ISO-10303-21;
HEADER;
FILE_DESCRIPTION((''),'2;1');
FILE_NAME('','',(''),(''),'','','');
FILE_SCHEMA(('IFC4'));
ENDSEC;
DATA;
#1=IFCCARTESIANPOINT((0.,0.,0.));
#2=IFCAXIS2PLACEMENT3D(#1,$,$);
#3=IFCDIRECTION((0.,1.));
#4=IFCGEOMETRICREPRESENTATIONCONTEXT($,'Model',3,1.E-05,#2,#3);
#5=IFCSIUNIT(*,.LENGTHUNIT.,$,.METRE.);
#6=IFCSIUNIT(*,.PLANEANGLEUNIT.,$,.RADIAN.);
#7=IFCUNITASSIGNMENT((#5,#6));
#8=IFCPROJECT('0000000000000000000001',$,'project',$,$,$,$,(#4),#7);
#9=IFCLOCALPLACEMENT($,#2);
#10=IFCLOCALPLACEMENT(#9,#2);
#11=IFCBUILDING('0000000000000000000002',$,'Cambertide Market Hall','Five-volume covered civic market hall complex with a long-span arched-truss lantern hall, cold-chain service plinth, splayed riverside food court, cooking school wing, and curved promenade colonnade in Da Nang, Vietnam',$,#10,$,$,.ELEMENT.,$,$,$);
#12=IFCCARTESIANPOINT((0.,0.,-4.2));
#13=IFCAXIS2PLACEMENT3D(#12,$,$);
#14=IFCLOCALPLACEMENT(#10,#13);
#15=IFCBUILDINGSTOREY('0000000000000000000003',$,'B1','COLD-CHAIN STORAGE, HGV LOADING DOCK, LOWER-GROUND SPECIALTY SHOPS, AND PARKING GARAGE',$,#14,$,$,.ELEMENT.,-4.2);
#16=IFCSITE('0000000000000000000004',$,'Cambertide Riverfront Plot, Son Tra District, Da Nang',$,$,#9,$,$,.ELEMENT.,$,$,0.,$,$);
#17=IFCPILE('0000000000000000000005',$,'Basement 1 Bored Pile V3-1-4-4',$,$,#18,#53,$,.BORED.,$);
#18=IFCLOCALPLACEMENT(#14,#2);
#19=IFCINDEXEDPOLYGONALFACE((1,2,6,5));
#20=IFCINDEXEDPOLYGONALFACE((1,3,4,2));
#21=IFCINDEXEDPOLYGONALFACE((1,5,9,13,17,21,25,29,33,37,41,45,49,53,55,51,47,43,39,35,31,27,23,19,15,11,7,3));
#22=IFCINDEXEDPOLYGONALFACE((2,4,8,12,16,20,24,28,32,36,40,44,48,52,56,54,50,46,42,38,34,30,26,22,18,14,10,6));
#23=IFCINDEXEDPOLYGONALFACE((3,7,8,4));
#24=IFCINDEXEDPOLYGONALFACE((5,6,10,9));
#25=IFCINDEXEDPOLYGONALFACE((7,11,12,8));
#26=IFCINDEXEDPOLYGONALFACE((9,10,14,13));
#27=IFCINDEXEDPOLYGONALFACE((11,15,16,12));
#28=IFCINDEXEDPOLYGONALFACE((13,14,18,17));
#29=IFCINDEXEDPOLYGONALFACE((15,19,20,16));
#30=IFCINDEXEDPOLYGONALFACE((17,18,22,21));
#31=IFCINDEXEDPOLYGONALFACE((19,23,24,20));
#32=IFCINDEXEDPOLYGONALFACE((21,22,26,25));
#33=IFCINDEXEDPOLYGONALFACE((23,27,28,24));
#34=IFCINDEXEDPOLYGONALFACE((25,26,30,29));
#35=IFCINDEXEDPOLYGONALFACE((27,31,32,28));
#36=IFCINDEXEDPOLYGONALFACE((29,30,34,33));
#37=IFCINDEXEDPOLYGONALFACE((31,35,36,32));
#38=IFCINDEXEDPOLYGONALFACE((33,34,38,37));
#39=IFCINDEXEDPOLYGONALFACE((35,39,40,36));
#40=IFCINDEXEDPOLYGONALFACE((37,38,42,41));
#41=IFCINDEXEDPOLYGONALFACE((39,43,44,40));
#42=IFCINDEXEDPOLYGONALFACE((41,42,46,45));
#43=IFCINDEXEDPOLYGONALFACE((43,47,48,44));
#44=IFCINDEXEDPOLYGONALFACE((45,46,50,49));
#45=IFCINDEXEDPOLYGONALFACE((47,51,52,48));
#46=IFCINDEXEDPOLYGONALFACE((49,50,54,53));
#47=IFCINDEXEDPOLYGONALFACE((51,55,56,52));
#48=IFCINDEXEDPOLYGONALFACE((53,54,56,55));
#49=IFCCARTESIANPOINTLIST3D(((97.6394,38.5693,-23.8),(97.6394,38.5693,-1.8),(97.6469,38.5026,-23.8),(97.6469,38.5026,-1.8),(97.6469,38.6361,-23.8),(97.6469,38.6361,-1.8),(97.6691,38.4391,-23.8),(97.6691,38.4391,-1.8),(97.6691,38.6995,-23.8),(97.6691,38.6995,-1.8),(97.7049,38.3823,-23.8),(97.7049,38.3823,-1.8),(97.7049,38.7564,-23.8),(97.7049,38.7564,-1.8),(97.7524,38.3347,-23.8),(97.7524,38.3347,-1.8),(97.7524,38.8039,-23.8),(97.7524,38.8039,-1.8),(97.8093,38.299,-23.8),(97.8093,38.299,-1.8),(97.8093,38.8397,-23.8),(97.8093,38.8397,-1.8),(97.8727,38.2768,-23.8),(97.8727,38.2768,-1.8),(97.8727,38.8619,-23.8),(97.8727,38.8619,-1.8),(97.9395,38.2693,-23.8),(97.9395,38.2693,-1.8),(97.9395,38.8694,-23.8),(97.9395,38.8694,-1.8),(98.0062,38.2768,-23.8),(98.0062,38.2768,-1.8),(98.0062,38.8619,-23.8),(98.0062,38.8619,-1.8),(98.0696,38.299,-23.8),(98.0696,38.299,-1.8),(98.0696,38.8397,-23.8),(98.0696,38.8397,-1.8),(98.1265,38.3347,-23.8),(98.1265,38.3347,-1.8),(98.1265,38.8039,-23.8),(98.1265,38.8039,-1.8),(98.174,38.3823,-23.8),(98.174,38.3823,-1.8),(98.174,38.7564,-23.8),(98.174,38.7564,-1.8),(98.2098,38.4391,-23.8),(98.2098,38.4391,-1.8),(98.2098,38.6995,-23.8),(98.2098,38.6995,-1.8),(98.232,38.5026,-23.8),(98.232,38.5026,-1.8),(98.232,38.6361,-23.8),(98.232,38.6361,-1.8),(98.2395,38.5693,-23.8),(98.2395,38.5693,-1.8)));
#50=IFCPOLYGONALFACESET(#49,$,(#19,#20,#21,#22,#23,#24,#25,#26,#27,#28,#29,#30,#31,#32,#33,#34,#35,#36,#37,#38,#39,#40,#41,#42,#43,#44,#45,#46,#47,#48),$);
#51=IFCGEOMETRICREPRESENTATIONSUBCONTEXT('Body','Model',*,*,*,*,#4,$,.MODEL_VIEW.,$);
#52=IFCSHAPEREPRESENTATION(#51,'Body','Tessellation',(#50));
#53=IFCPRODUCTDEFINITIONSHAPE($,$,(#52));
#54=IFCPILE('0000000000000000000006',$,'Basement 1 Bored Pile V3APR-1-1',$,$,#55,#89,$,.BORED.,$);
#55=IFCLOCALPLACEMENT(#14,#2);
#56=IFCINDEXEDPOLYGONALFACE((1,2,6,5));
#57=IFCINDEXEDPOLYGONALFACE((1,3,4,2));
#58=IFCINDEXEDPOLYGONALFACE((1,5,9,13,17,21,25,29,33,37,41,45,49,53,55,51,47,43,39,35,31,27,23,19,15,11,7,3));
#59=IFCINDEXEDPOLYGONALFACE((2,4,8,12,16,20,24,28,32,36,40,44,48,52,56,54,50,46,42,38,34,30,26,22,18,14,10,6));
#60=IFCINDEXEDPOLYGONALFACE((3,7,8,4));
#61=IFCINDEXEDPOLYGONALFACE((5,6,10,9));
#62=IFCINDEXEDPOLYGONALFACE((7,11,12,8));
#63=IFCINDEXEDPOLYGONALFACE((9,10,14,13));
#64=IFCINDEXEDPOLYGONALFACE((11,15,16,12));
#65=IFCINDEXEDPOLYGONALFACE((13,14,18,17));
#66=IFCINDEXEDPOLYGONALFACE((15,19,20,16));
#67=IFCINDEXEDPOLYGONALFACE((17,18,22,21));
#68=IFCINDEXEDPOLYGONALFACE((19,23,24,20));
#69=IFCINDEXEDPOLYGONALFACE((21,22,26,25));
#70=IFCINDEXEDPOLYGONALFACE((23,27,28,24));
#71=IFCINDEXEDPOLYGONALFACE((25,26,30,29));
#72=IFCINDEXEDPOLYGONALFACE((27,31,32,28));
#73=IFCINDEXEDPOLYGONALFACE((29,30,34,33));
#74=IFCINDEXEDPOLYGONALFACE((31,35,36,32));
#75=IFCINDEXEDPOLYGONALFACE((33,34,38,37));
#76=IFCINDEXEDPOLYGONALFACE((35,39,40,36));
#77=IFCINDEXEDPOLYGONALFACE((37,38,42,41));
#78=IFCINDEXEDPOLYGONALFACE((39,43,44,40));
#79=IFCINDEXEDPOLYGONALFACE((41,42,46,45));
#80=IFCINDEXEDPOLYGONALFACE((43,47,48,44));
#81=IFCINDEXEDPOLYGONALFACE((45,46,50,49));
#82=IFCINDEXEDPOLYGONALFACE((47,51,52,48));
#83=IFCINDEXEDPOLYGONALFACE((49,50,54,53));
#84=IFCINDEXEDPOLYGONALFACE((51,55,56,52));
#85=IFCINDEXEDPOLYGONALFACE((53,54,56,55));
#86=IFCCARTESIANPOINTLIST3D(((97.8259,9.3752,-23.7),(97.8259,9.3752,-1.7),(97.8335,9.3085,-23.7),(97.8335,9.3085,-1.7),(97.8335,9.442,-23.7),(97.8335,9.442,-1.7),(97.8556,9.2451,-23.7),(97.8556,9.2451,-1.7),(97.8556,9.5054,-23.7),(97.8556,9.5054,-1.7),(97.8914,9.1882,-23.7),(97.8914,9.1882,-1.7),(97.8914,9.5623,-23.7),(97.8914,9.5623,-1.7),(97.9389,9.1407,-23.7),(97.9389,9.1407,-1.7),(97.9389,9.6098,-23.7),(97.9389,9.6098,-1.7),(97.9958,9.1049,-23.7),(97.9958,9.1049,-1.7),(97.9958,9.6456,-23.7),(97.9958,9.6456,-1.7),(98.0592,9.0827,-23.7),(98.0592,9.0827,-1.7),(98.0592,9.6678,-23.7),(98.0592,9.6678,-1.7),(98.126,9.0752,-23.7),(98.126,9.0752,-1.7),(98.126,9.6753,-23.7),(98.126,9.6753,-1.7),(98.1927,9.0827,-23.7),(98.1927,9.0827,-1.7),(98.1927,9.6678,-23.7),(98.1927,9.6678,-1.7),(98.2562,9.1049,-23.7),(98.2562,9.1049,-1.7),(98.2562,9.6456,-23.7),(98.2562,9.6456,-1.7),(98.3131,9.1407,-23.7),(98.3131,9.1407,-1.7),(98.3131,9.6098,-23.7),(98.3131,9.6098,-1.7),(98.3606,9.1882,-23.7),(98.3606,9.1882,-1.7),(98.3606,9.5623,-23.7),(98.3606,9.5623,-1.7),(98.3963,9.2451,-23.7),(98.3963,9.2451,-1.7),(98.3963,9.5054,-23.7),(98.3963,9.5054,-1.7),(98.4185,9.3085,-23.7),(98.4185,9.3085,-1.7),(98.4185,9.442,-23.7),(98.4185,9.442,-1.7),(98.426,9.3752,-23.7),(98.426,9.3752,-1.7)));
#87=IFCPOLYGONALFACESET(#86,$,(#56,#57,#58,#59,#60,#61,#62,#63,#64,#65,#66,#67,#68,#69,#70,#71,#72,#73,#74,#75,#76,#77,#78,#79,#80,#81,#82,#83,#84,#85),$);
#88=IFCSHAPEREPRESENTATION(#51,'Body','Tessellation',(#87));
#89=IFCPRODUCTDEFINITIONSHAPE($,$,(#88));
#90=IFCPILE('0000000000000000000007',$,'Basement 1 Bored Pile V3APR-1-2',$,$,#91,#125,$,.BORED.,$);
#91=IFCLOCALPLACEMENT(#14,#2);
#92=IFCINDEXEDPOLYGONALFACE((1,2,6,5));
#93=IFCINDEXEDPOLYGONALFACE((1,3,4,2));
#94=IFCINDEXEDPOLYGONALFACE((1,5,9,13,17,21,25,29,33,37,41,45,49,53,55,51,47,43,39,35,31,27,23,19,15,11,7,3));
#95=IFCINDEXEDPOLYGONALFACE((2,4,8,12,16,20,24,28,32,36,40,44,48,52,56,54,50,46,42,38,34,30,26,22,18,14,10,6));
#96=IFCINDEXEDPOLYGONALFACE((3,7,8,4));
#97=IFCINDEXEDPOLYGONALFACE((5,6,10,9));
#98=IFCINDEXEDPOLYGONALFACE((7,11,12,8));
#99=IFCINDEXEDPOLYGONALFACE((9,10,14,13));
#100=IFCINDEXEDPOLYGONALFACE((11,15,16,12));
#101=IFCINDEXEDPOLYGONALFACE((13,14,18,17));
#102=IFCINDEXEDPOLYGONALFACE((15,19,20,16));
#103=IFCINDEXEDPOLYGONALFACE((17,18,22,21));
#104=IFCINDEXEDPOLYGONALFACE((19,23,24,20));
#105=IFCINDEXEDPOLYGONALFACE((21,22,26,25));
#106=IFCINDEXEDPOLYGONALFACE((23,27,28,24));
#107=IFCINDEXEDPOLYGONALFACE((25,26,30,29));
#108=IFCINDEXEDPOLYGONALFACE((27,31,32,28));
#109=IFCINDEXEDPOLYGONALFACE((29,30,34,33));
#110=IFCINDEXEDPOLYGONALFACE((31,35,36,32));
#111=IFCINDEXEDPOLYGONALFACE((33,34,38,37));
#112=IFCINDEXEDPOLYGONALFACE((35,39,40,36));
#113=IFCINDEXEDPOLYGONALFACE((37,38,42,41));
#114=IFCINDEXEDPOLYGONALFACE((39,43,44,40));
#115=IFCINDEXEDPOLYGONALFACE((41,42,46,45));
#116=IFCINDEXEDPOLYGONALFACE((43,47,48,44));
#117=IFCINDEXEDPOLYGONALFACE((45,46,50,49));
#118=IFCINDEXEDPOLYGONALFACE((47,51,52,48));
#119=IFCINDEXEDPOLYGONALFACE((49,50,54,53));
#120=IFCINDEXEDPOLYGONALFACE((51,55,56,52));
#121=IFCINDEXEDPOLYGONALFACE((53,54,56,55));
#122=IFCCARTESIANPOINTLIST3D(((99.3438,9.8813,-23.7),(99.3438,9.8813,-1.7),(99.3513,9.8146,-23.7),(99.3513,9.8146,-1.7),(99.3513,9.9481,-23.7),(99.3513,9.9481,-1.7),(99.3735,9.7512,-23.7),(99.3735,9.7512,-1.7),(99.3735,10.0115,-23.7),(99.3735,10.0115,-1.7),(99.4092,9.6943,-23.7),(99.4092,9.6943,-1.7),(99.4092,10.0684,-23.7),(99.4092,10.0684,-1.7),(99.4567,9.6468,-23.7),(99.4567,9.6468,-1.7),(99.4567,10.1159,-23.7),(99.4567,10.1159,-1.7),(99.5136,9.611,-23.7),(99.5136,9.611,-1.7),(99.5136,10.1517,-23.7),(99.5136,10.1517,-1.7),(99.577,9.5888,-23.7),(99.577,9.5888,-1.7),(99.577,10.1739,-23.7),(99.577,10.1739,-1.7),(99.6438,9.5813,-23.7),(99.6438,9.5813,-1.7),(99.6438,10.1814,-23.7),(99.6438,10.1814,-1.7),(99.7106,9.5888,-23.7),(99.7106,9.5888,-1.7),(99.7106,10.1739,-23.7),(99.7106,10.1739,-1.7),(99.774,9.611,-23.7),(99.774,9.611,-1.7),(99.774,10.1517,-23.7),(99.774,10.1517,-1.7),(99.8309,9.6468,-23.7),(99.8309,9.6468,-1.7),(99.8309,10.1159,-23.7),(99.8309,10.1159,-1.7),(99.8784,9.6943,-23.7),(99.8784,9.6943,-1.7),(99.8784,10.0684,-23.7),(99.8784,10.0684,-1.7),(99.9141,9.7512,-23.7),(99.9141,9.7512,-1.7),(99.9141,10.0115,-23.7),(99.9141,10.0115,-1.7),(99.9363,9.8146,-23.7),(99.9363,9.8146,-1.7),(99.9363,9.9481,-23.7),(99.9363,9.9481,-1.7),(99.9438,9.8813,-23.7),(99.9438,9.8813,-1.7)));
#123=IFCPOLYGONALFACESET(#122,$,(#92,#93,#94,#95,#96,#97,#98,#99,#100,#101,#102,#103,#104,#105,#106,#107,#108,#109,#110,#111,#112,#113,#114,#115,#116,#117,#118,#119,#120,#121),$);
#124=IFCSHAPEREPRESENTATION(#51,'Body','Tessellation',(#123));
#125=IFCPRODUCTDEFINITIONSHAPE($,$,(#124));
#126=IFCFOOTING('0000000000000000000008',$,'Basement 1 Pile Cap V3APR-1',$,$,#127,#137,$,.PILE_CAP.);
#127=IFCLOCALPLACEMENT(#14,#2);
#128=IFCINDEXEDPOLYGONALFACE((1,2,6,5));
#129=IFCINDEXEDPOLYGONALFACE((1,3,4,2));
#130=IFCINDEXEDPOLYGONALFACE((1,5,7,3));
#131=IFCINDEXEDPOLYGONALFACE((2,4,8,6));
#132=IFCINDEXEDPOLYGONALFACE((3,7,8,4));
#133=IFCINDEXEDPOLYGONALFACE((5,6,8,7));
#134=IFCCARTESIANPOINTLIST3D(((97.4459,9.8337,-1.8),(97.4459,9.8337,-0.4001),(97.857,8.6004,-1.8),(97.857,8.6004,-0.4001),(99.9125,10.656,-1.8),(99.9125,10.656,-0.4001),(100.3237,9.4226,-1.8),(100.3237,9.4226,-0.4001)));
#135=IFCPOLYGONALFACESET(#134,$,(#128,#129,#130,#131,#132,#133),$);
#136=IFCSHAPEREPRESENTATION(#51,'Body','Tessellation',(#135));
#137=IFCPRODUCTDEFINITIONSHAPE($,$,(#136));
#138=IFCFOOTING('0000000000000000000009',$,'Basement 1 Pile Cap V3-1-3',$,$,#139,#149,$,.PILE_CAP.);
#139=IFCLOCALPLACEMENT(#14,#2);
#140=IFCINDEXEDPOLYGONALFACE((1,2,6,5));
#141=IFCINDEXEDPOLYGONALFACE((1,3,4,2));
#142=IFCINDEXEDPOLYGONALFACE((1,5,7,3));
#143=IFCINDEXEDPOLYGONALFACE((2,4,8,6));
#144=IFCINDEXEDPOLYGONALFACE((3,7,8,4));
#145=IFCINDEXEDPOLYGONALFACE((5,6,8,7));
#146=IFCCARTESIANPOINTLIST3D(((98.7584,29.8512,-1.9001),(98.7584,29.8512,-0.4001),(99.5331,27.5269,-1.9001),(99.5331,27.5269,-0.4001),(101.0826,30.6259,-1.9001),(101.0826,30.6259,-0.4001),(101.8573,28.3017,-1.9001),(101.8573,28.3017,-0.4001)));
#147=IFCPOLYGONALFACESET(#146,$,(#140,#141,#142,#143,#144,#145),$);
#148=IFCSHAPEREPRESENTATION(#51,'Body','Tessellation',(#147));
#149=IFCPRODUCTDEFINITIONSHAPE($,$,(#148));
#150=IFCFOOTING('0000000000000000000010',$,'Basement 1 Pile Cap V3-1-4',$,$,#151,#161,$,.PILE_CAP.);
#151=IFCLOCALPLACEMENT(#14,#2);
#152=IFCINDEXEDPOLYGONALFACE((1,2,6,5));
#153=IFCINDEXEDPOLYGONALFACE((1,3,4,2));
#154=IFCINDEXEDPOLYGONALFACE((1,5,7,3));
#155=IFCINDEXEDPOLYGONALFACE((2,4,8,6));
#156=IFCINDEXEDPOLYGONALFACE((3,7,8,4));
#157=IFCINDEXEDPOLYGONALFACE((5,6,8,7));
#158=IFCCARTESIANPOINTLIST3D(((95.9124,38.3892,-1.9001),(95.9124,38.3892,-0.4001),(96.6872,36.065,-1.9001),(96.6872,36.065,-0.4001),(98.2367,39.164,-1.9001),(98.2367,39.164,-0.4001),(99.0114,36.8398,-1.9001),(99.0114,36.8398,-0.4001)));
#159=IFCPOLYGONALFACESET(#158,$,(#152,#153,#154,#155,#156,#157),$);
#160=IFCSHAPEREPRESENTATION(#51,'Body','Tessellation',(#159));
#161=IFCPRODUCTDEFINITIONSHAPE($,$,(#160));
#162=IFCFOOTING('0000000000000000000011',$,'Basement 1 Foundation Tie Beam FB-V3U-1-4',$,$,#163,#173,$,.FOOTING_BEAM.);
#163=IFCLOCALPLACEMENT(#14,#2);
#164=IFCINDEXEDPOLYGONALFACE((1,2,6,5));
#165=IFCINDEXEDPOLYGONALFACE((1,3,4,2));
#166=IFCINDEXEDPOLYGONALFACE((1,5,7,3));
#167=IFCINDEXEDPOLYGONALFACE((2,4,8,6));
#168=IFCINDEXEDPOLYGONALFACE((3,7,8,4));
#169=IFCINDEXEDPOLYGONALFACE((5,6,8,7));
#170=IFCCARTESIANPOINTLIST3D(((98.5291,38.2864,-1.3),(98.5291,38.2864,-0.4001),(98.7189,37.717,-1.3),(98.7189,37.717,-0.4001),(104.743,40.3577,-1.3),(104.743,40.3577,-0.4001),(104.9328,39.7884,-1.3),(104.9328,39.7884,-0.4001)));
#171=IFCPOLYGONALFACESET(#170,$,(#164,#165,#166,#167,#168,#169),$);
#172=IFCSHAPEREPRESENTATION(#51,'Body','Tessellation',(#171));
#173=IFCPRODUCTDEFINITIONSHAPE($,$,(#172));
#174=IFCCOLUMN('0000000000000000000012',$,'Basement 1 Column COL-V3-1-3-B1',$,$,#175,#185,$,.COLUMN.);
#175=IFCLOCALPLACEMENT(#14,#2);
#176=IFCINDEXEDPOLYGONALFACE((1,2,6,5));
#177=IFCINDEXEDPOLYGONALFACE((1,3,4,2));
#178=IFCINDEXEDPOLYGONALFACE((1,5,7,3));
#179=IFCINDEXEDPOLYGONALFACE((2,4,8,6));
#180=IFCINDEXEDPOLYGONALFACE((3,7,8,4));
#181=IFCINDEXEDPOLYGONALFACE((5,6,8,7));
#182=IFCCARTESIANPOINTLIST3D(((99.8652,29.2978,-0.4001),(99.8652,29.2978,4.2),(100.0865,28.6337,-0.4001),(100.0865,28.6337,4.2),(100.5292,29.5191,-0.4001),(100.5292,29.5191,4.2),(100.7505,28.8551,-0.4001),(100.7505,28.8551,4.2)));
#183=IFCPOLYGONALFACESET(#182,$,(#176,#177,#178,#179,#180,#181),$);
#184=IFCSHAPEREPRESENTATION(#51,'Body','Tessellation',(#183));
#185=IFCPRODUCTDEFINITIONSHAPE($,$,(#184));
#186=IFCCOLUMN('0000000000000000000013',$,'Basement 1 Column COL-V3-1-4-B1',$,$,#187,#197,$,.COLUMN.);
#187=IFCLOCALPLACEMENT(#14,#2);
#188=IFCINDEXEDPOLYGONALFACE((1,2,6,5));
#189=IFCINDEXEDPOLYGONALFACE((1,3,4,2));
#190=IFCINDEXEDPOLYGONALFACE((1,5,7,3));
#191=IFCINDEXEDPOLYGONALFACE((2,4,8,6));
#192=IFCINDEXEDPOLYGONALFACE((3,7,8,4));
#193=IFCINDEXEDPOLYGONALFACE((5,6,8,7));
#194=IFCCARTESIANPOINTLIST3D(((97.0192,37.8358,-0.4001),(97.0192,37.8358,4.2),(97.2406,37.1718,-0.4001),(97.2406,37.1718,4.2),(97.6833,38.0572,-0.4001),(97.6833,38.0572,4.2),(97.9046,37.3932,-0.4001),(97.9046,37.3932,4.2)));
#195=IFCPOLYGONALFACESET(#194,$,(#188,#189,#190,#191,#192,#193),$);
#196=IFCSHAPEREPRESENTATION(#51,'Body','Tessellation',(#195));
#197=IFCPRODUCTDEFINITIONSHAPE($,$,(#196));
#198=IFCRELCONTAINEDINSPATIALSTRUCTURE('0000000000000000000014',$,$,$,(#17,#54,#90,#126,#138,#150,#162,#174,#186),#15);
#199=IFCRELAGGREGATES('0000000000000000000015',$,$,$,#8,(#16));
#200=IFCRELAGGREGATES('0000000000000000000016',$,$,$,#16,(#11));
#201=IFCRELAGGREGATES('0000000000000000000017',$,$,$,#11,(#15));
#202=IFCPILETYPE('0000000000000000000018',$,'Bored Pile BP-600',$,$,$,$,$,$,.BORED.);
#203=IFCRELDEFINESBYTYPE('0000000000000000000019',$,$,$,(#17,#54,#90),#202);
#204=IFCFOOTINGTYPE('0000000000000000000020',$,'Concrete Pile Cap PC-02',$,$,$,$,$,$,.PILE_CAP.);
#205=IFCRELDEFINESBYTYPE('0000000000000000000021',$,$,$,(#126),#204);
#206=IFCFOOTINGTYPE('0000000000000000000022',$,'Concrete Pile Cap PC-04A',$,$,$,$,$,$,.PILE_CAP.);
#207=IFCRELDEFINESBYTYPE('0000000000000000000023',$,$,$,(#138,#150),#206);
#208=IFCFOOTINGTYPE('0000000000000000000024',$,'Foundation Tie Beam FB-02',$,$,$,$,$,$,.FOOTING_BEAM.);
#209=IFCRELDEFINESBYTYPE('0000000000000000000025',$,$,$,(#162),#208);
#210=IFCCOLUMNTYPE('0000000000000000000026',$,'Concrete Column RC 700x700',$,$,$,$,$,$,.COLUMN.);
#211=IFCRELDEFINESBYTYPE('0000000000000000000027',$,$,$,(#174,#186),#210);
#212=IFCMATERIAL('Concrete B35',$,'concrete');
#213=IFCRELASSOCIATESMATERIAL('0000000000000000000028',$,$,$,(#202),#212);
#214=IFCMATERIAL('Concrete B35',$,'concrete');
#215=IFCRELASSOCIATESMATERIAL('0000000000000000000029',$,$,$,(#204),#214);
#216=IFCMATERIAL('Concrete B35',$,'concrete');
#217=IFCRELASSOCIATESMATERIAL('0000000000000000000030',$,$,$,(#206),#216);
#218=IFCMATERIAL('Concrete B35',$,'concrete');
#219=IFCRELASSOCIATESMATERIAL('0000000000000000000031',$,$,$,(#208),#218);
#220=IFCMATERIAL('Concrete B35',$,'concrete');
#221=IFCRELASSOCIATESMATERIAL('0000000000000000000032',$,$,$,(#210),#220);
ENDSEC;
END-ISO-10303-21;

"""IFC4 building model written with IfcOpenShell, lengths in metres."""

from ifc_helpers import new_model, si_unit, direction, frame, origin, origin_2d, place, context, subcontext, project, spatial, rectangle, circle, extrude, material, material_profile, profile_set, type_object, element, save


model = new_model("IFC4")

# Units and contexts
model_context = context("Model", 3, precision=1e-05, world=origin(), true_north=direction((0.0, 1.0)))
body_context = subcontext(model_context, "Body", "Model", "MODEL_VIEW")
ifc_project = project(units=[si_unit("LENGTHUNIT", "METRE"), si_unit("PLANEANGLEUNIT", "RADIAN")], contexts=[model_context])

# Site, building, storey
site_placement = place(None, origin())
site = spatial("IfcSite", under=ifc_project, at=site_placement, Name="Cambertide Riverfront Plot, Son Tra District, Da Nang", CompositionType="ELEMENT", RefElevation=0.0)
building_placement = place(site_placement, origin())
building = spatial("IfcBuilding", under=site, at=building_placement, Name="Cambertide Market Hall", Description="Five-volume covered civic market hall complex with a long-span arched-truss lantern hall, cold-chain service plinth, splayed riverside food court, cooking school wing, and curved promenade colonnade in Da Nang, Vietnam", CompositionType="ELEMENT")
storey_placement = place(building_placement, frame((0.0, 0.0, -4.2)))
storey = spatial("IfcBuildingStorey", under=building, at=storey_placement, Name="B1", Description="COLD-CHAIN STORAGE, HGV LOADING DOCK, LOWER-GROUND SPECIALTY SHOPS, AND PARKING GARAGE", CompositionType="ELEMENT", Elevation=-4.2)

# Piles
ifc_material_1 = material(Name="Concrete B35", Category="concrete")
ifc_material_profile_1 = material_profile(ifc_material_1, circle(Radius=0.3, at=origin_2d()), Name="BP D600")
ifc_profile_set_1 = profile_set([ifc_material_profile_1], Name="Concrete B35")
pile_type_1 = type_object("IfcPileType", Name="Bored Pile BP-600", PredefinedType="BORED", material=ifc_profile_set_1)
for number, where, z_axis, x_axis, name in (
    (1, (97.9395, 38.5693, -1.8), (0.0, 0.0, -1.0), (1.0, 0.0, 0.0), "Basement 1 Bored Pile V3-1-4-4"),
    (2, (98.126, 9.3752, -1.7), (0.0, 0.0, -1.0), (1.0, 0.0, 0.0), "Basement 1 Bored Pile V3APR-1-1"),
    (3, (99.6438, 9.8813, -1.7), (0.0, 0.0, -1.0), (1.0, 0.0, 0.0), "Basement 1 Bored Pile V3APR-1-2"),
):
    element("IfcPile", number, at=place(storey_placement, frame(where, z_axis=z_axis, x_axis=x_axis)), inside=storey, type_object=pile_type_1, Name=name, PredefinedType="BORED", context=body_context, shape_type="SweptSolid", body=[
        extrude(circle(Radius=0.3, at=origin_2d()), origin(), (0.0, 0.0, 1.0), 22.0),
    ])

# Footings
ifc_material_2 = material(Name="Concrete B35", Category="concrete")
footing_type_1 = type_object("IfcFootingType", Name="Concrete Pile Cap PC-02", PredefinedType="PILE_CAP", material=ifc_material_2)
footing_1_placement = place(storey_placement, frame((98.8848, 9.6282, -1.8), z_axis=(0.0, 0.0, 1.0), x_axis=(0.948683, 0.316228, 0.0)))
element("IfcFooting", 4, at=footing_1_placement, inside=storey, type_object=footing_type_1, Name="Basement 1 Pile Cap V3APR-1", PredefinedType="PILE_CAP", context=body_context, shape_type="SweptSolid", body=[
    extrude(rectangle(XDim=2.6001, YDim=1.3, at=origin_2d()), origin(), (0.0, 0.0, 1.0), 1.3999),
])
ifc_material_3 = material(Name="Concrete B35", Category="concrete")
footing_type_2 = type_object("IfcFootingType", Name="Concrete Pile Cap PC-04A", PredefinedType="PILE_CAP", material=ifc_material_3)
for number, where, z_axis, x_axis, name in (
    (5, (100.3079, 29.0764, -1.9001), (0.0, 0.0, 1.0), (0.948683, 0.316228, 0.0), "Basement 1 Pile Cap V3-1-3"),
    (6, (97.4619, 37.6145, -1.9001), (0.0, 0.0, 1.0), (0.948683, 0.316228, 0.0), "Basement 1 Pile Cap V3-1-4"),
):
    element("IfcFooting", number, at=place(storey_placement, frame(where, z_axis=z_axis, x_axis=x_axis)), inside=storey, type_object=footing_type_2, Name=name, PredefinedType="PILE_CAP", context=body_context, shape_type="SweptSolid", body=[
        extrude(rectangle(XDim=2.45, YDim=2.45, at=origin_2d()), origin(), (0.0, 0.0, 1.0), 1.5),
    ])
ifc_material_4 = material(Name="Concrete B35", Category="concrete")
footing_type_3 = type_object("IfcFootingType", Name="Foundation Tie Beam FB-02", PredefinedType="FOOTING_BEAM", material=ifc_material_4)
footing_2_placement = place(storey_placement, frame((101.731, 39.0374, -1.3), z_axis=(0.0, 0.0, 1.0), x_axis=(0.948683, 0.316228, 0.0)))
element("IfcFooting", 7, at=footing_2_placement, inside=storey, type_object=footing_type_3, Name="Basement 1 Foundation Tie Beam FB-V3U-1-4", PredefinedType="FOOTING_BEAM", context=body_context, shape_type="SweptSolid", body=[
    extrude(rectangle(XDim=6.55, YDim=0.6001, at=origin_2d()), origin(), (0.0, 0.0, 1.0), 0.8999),
])

# Columns
ifc_material_5 = material(Name="Concrete B35", Category="concrete")
ifc_material_profile_2 = material_profile(ifc_material_5, rectangle(XDim=0.7, YDim=0.7, at=origin_2d()), Name="RC 700x700")
ifc_profile_set_2 = profile_set([ifc_material_profile_2], Name="Concrete B35")
column_type_1 = type_object("IfcColumnType", Name="Concrete Column RC 700x700", PredefinedType="COLUMN", material=ifc_profile_set_2)
for number, where, z_axis, x_axis, name in (
    (8, (100.3079, 29.0764, -0.4001), (0.0, 0.0, 1.0), (0.948683, 0.316228, 0.0), "Basement 1 Column COL-V3-1-3-B1"),
    (9, (97.4619, 37.6145, -0.4001), (0.0, 0.0, 1.0), (0.948683, 0.316228, 0.0), "Basement 1 Column COL-V3-1-4-B1"),
):
    element("IfcColumn", number, at=place(storey_placement, frame(where, z_axis=z_axis, x_axis=x_axis)), inside=storey, type_object=column_type_1, Name=name, PredefinedType="COLUMN", context=body_context, shape_type="SweptSolid", body=[
        extrude(rectangle(XDim=0.7, YDim=0.7, at=origin_2d()), origin(), (0.0, 0.0, 1.0), 4.6001),
    ])

save(model, "model.ifc")
